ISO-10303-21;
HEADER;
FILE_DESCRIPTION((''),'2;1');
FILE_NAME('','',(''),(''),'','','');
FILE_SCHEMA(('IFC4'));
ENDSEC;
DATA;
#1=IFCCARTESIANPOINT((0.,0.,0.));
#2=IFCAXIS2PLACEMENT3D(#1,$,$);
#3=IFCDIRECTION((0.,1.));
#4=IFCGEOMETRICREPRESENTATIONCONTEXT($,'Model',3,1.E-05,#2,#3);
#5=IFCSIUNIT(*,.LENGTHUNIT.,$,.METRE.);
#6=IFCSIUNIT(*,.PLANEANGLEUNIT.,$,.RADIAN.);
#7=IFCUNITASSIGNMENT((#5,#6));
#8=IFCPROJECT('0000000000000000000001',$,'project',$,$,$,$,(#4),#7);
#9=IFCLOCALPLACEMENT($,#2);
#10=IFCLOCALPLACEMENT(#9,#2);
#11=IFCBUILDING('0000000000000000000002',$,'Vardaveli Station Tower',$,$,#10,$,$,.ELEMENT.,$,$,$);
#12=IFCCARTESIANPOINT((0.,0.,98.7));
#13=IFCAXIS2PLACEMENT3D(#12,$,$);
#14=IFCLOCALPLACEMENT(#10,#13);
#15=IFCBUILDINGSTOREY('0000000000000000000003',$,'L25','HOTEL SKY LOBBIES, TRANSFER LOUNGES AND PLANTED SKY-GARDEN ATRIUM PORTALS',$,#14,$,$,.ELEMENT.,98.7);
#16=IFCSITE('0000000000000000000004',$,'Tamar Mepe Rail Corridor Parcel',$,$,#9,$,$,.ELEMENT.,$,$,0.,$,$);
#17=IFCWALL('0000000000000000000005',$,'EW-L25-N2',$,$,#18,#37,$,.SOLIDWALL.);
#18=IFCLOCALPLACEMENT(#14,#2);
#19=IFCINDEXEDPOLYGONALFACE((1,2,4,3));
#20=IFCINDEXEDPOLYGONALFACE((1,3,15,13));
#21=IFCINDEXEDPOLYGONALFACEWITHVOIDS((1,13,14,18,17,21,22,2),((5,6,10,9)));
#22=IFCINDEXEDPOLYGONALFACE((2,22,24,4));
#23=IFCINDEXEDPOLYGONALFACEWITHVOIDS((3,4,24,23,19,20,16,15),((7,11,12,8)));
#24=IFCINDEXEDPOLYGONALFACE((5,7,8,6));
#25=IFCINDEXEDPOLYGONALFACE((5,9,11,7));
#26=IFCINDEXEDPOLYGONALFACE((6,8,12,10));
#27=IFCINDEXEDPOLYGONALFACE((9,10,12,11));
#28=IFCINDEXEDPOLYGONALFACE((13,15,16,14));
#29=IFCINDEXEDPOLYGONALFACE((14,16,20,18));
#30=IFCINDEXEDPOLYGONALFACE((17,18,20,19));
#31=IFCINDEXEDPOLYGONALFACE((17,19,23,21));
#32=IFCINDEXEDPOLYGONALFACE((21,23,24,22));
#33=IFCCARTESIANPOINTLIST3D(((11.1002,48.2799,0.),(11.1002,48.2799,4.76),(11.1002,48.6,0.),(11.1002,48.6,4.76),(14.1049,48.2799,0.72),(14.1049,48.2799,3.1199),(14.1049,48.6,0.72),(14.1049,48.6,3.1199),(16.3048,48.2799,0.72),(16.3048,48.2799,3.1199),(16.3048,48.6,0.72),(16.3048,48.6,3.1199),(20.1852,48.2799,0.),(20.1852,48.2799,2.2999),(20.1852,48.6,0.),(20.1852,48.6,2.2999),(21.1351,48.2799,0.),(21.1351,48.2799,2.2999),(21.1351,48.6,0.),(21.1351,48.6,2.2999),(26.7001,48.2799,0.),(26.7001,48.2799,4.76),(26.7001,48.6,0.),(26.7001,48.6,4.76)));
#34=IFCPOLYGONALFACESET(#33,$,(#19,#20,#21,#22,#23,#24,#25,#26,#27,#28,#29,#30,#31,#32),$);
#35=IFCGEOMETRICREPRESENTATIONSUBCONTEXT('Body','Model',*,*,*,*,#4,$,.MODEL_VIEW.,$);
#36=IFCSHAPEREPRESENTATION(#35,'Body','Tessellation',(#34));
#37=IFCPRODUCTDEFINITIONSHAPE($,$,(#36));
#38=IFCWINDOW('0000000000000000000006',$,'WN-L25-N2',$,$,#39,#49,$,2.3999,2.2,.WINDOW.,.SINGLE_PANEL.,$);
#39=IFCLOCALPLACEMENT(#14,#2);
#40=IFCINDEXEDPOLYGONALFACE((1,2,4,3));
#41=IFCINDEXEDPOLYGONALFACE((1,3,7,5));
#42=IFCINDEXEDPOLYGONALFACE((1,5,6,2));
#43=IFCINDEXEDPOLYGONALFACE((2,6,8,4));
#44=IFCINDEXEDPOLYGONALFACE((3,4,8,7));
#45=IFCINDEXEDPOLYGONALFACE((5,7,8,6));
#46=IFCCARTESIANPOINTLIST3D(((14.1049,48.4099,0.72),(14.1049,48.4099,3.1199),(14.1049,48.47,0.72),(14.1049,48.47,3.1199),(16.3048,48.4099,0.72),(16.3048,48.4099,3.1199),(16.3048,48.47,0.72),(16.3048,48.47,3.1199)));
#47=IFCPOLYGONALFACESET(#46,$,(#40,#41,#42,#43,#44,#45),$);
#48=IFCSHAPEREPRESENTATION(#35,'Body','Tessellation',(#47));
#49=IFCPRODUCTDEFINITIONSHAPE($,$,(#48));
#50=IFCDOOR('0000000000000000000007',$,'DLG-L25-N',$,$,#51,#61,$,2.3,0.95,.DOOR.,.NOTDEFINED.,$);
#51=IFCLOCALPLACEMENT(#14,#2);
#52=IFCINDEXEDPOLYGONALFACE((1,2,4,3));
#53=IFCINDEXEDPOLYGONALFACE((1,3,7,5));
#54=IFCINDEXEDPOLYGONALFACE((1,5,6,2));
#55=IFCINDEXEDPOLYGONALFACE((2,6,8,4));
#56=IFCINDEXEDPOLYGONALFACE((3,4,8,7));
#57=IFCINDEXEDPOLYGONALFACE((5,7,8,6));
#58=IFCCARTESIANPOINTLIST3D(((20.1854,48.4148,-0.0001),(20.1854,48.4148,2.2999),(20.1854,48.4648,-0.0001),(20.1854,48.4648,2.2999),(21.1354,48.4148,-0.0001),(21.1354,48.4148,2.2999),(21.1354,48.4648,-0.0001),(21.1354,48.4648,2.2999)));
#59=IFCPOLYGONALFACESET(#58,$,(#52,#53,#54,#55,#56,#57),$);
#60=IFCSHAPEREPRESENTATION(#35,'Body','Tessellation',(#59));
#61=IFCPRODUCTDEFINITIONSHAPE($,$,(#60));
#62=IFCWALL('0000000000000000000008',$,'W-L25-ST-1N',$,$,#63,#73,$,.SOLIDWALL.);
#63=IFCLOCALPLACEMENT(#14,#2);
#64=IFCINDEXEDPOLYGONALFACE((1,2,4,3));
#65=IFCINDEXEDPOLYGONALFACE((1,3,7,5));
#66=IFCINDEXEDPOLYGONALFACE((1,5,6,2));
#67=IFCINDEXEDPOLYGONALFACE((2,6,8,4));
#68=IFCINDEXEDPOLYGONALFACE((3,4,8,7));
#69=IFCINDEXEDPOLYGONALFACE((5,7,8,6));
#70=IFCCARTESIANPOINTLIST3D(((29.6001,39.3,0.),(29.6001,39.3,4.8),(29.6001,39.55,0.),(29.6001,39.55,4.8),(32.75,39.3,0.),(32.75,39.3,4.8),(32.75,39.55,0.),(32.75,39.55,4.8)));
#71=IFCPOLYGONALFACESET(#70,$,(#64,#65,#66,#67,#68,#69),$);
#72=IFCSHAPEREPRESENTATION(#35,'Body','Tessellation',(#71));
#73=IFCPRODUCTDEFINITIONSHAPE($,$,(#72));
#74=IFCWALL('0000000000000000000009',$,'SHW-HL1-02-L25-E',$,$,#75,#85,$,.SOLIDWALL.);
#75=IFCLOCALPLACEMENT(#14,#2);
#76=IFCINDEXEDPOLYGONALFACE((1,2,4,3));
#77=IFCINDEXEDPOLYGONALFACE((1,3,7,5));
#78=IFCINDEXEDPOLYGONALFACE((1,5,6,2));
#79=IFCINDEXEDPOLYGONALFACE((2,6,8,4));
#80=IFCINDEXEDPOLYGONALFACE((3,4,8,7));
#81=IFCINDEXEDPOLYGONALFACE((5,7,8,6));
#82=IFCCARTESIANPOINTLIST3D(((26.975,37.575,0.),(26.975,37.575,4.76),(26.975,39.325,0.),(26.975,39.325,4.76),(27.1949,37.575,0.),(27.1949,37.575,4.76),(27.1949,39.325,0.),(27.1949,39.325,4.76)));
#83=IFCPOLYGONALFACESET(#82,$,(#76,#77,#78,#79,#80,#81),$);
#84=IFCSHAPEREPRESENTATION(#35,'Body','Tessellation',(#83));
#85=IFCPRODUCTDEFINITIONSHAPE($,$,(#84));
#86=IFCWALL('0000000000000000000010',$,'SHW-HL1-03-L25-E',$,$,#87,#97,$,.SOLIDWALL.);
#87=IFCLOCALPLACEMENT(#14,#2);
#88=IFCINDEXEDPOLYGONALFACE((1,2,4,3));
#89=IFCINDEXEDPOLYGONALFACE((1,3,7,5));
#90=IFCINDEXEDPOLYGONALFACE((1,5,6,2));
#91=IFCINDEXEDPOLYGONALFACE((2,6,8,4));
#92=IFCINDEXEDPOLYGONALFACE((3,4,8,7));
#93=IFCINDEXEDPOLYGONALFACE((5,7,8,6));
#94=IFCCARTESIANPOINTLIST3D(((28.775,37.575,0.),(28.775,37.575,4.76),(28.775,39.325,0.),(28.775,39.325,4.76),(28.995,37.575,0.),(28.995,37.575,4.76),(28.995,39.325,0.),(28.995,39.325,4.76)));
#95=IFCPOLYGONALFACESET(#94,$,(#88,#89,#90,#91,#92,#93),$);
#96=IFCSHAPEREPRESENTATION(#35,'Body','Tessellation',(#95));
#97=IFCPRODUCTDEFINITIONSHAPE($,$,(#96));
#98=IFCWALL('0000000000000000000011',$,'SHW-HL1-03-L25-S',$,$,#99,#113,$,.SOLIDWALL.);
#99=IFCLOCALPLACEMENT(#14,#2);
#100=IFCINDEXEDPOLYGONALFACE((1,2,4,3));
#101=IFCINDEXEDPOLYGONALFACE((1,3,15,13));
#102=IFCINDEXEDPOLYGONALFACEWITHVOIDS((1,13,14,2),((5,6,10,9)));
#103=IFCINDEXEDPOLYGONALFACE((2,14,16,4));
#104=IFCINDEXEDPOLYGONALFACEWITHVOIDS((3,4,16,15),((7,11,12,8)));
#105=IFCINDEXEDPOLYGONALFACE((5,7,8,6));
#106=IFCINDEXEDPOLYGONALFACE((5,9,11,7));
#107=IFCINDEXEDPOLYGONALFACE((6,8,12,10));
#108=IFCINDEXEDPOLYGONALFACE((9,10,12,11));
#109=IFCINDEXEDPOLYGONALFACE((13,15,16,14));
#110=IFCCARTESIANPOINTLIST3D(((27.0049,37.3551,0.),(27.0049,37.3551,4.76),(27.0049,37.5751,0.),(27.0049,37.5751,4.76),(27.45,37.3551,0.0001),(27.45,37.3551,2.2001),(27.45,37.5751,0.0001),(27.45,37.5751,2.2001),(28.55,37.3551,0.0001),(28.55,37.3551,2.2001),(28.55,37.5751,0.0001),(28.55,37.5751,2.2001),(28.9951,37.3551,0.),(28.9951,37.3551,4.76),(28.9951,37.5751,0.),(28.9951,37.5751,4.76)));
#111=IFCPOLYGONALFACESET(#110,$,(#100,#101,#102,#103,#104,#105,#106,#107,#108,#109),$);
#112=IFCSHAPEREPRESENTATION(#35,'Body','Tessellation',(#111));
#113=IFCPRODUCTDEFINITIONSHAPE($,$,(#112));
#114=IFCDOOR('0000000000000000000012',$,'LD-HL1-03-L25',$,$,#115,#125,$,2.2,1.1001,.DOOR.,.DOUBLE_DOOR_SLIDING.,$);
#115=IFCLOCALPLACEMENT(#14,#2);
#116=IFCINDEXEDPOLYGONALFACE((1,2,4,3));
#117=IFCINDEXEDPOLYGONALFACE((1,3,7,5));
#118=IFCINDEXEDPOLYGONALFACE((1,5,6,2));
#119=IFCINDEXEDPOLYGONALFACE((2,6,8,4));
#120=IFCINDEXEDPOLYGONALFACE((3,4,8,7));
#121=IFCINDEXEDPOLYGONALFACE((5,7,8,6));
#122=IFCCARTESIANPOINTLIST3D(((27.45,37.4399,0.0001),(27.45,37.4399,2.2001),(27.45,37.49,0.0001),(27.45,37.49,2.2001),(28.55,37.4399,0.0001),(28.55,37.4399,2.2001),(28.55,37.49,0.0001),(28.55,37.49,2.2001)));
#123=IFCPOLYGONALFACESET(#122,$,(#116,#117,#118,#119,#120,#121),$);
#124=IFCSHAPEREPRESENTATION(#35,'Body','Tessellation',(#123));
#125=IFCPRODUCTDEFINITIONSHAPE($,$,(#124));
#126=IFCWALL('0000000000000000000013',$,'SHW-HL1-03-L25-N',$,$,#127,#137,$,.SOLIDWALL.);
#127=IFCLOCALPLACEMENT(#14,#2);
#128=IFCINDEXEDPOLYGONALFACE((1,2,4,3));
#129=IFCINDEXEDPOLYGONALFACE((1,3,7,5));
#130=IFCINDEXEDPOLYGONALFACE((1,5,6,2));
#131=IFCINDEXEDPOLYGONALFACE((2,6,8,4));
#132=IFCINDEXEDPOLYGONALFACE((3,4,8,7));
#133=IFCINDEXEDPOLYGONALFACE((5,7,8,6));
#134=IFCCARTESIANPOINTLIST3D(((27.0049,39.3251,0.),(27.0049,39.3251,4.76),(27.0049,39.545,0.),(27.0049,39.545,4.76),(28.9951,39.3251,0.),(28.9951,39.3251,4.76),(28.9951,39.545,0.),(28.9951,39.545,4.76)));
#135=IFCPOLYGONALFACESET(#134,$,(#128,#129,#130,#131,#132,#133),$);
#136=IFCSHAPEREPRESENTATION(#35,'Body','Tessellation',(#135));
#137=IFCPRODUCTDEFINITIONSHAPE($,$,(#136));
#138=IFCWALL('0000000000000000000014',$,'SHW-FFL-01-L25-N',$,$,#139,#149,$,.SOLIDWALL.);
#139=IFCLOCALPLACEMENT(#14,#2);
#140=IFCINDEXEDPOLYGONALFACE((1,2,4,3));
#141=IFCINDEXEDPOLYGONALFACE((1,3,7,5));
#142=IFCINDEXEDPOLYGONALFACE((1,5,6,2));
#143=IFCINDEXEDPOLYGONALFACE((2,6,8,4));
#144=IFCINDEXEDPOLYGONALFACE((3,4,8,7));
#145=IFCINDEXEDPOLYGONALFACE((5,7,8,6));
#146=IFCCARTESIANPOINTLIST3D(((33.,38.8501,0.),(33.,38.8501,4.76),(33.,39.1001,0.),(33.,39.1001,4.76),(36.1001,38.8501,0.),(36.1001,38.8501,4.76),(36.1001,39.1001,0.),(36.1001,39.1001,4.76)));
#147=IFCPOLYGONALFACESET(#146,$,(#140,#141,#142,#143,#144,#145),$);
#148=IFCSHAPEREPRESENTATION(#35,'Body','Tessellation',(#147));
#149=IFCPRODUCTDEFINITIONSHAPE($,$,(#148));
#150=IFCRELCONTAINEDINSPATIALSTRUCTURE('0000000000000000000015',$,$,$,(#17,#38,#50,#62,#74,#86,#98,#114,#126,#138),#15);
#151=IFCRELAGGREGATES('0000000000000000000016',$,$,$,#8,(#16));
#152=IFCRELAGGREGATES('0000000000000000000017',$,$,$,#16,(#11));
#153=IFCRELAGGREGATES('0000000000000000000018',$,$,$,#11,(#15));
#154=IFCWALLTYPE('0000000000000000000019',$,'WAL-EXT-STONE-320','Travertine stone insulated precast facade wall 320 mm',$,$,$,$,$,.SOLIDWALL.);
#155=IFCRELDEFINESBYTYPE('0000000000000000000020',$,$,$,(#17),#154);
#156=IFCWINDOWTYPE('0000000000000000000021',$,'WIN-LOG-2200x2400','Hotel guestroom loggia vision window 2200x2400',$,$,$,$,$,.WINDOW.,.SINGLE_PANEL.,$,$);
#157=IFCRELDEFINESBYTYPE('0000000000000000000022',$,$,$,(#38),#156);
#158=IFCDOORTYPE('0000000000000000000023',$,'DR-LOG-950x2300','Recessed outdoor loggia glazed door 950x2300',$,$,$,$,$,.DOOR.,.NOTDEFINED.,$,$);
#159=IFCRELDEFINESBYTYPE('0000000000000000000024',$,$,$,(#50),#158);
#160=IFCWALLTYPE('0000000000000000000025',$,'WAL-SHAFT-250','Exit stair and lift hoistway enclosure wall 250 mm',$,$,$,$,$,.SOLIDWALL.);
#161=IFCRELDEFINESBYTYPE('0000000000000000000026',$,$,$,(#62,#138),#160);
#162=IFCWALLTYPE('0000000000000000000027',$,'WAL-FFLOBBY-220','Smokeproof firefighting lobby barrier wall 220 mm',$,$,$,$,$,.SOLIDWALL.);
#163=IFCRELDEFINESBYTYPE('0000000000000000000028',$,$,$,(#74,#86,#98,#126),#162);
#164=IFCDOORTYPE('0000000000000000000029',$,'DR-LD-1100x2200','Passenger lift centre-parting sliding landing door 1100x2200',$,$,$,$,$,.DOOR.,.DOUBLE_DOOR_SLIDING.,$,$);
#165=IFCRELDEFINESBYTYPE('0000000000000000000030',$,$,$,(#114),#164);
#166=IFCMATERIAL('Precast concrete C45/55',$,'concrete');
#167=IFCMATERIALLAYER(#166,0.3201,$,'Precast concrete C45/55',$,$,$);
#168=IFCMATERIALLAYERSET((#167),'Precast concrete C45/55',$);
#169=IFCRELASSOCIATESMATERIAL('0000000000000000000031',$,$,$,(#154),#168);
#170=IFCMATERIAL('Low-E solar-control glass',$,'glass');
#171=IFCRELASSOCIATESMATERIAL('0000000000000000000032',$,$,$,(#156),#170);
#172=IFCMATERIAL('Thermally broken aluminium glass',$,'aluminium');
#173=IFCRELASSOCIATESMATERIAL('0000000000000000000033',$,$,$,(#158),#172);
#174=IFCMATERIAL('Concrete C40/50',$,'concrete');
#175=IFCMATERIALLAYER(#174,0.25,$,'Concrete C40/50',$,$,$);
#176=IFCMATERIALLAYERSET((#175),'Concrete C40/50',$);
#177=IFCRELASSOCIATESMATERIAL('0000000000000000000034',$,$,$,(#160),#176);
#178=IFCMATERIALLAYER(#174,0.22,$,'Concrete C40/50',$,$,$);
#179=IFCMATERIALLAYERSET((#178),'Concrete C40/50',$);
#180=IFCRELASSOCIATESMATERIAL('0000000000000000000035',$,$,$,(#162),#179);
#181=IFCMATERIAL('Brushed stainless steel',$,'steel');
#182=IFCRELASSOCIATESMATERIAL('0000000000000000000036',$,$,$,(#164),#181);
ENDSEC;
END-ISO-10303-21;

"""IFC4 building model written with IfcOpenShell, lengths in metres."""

from ifc_helpers import new_model, si_unit, direction, frame, frame_2d, origin, place, context, subcontext, project, spatial, rectangle, extrude, source, transform, mapped, material, layer, layer_set, type_object, element, fill, save


model = new_model("IFC4")

# Units and contexts
model_context = context("Model", 3, precision=1e-05, world=origin(), true_north=direction((0.0, 1.0)))
body_context = subcontext(model_context, "Body", "Model", "MODEL_VIEW")
ifc_project = project(units=[si_unit("LENGTHUNIT", "METRE"), si_unit("PLANEANGLEUNIT", "RADIAN")], contexts=[model_context])

# Site, building, storey
site_placement = place(None, origin())
site = spatial("IfcSite", under=ifc_project, at=site_placement, Name="Tamar Mepe Rail Corridor Parcel", CompositionType="ELEMENT", RefElevation=0.0)
building_placement = place(site_placement, origin())
building = spatial("IfcBuilding", under=site, at=building_placement, Name="Vardaveli Station Tower", CompositionType="ELEMENT")
storey_placement = place(building_placement, frame((0.0, 0.0, 98.7)))
storey = spatial("IfcBuildingStorey", under=building, at=storey_placement, Name="L25", Description="HOTEL SKY LOBBIES, TRANSFER LOUNGES AND PLANTED SKY-GARDEN ATRIUM PORTALS", CompositionType="ELEMENT", Elevation=98.7)

# Wall, openings, window, door
ifc_material_1 = material(Name="Precast concrete C45/55", Category="concrete")
ifc_layer_1 = layer(ifc_material_1, 0.3201, Name="Precast concrete C45/55")
ifc_layer_set_1 = layer_set([ifc_layer_1], Name="Precast concrete C45/55")
wall_type_1 = type_object("IfcWallType", Name="WAL-EXT-STONE-320", Description="Travertine stone insulated precast facade wall 320 mm", PredefinedType="SOLIDWALL", material=ifc_layer_set_1)
shared_shape_1 = source(origin(), body_context, "Body", "SweptSolid", [
    extrude(rectangle(XDim=15.5999, YDim=0.3201, at=frame_2d((7.7998, 0.0))), origin(), (0.0, 0.0, 1.0), 4.76),
])
wall_1_placement = place(storey_placement, frame((26.7, 48.4399, 0.0), z_axis=(0.0, 0.0, 1.0), x_axis=(-1.0, 0.0, 0.0)))
wall_1 = element("IfcWall", 1, at=wall_1_placement, inside=storey, type_object=wall_type_1, Name="EW-L25-N2", PredefinedType="SOLIDWALL", context=body_context, shape_type="MappedRepresentation", body=[
    mapped(shared_shape_1, transform((0.0, 0.0, 0.0), scale=1.0)),
])
shared_shape_2 = source(origin(), body_context, "Body", "SweptSolid", [
    extrude(rectangle(XDim=0.95, YDim=2.3, at=frame_2d((0.4751, 1.1499))), frame((0.0, 0.1699, 0.0), z_axis=(0.0, -1.0, 0.0), x_axis=(1.0, 0.0, 0.0)), (0.0, 0.0, 1.0), 0.3401),
])
opening_1_placement = place(wall_1_placement, frame((5.5647, 0.0, 0.0)))
opening_1 = element("IfcOpeningElement", 2, at=opening_1_placement, cuts=wall_1, PredefinedType="OPENING", context=body_context, shape_type="MappedRepresentation", body=[
    mapped(shared_shape_2, transform((0.0, 0.0, 0.0), scale=1.0)),
])
shared_shape_3 = source(origin(), body_context, "Body", "SweptSolid", [
    extrude(rectangle(XDim=2.2, YDim=2.3999, at=frame_2d((1.1001, 1.2))), frame((0.0, 0.1699, 0.0), z_axis=(0.0, -1.0, 0.0), x_axis=(1.0, 0.0, 0.0)), (0.0, 0.0, 1.0), 0.3401),
])
opening_2_placement = place(wall_1_placement, frame((10.395, 0.0, 0.72)))
opening_2 = element("IfcOpeningElement", 3, at=opening_2_placement, cuts=wall_1, PredefinedType="OPENING", context=body_context, shape_type="MappedRepresentation", body=[
    mapped(shared_shape_3, transform((0.0, 0.0, 0.0), scale=1.0)),
])
ifc_material_2 = material(Name="Low-E solar-control glass", Category="glass")
window_type = type_object("IfcWindowType", Name="WIN-LOG-2200x2400", Description="Hotel guestroom loggia vision window 2200x2400", PartitioningType="SINGLE_PANEL", PredefinedType="WINDOW", material=ifc_material_2)
shared_shape_4 = source(origin(), body_context, "Body", "SweptSolid", [
    extrude(rectangle(XDim=2.2, YDim=2.3999, at=frame_2d((1.1001, 1.2))), frame((0.0, 0.03, 0.0), z_axis=(0.0, -1.0, 0.0), x_axis=(1.0, 0.0, 0.0)), (0.0, 0.0, 1.0), 0.0601),
])
window_placement = place(opening_2_placement, origin())
window = element("IfcWindow", 4, at=window_placement, inside=storey, type_object=window_type, Name="WN-L25-N2", OverallHeight=2.3999, OverallWidth=2.2, PartitioningType="SINGLE_PANEL", PredefinedType="WINDOW", context=body_context, shape_type="MappedRepresentation", body=[
    mapped(shared_shape_4, transform((0.0, 0.0, 0.0), scale=1.0)),
])
fill(opening_2, window)
ifc_material_3 = material(Name="Thermally broken aluminium glass", Category="aluminium")
door_type_1 = type_object("IfcDoorType", Name="DR-LOG-950x2300", Description="Recessed outdoor loggia glazed door 950x2300", OperationType="NOTDEFINED", PredefinedType="DOOR", material=ifc_material_3)
shared_shape_5 = source(origin(), body_context, "Body", "SweptSolid", [
    extrude(rectangle(XDim=0.95, YDim=2.3, at=frame_2d((0.4751, 1.1499))), frame((0.0, 0.0249, 0.0), z_axis=(0.0, -1.0, 0.0), x_axis=(1.0, 0.0, 0.0)), (0.0, 0.0, 1.0), 0.05),
])
door_1_placement = place(opening_1_placement, frame((0.95, 0.0, 0.0), z_axis=(0.0, 0.0, 1.0), x_axis=(-1.0, 0.0, 0.0)))
door_1 = element("IfcDoor", 5, at=door_1_placement, inside=storey, type_object=door_type_1, Name="DLG-L25-N", OperationType="NOTDEFINED", OverallHeight=2.3, OverallWidth=0.95, PredefinedType="DOOR", context=body_context, shape_type="MappedRepresentation", body=[
    mapped(shared_shape_5, transform((0.0, 0.0, 0.0), scale=1.0)),
])
fill(opening_1, door_1)

# Walls
ifc_material_4 = material(Name="Concrete C40/50", Category="concrete")
ifc_layer_2 = layer(ifc_material_4, 0.25, Name="Concrete C40/50")
ifc_layer_set_2 = layer_set([ifc_layer_2], Name="Concrete C40/50")
wall_type_2 = type_object("IfcWallType", Name="WAL-SHAFT-250", Description="Exit stair and lift hoistway enclosure wall 250 mm", PredefinedType="SOLIDWALL", material=ifc_layer_set_2)
shared_shape_6 = source(origin(), body_context, "Body", "SweptSolid", [
    extrude(rectangle(XDim=3.1499, YDim=0.25, at=frame_2d((1.575, 0.0))), origin(), (0.0, 0.0, 1.0), 4.8),
])
wall_2_placement = place(storey_placement, frame((29.6001, 39.425, 0.0), z_axis=(0.0, 0.0, 1.0), x_axis=(1.0, 0.0, 0.0)))
element("IfcWall", 6, at=wall_2_placement, inside=storey, type_object=wall_type_2, Name="W-L25-ST-1N", PredefinedType="SOLIDWALL", context=body_context, shape_type="MappedRepresentation", body=[
    mapped(shared_shape_6, transform((0.0, 0.0, 0.0), scale=1.0)),
])
ifc_layer_3 = layer(ifc_material_4, 0.22, Name="Concrete C40/50")
ifc_layer_set_3 = layer_set([ifc_layer_3], Name="Concrete C40/50")
wall_type_3 = type_object("IfcWallType", Name="WAL-FFLOBBY-220", Description="Smokeproof firefighting lobby barrier wall 220 mm", PredefinedType="SOLIDWALL", material=ifc_layer_set_3)
shared_shape_7 = source(origin(), body_context, "Body", "SweptSolid", [
    extrude(rectangle(XDim=1.75, YDim=0.22, at=frame_2d((0.875, 0.0))), origin(), (0.0, 0.0, 1.0), 4.76),
])
for number, where, z_axis, x_axis, name in (
    (7, (27.085, 37.575, 0.0), (0.0, 0.0, 1.0), (0.0, 1.0, 0.0), "SHW-HL1-02-L25-E"),
    (8, (28.885, 37.575, 0.0), (0.0, 0.0, 1.0), (0.0, 1.0, 0.0), "SHW-HL1-03-L25-E"),
):
    element("IfcWall", number, at=place(storey_placement, frame(where, z_axis=z_axis, x_axis=x_axis)), inside=storey, type_object=wall_type_3, Name=name, PredefinedType="SOLIDWALL", context=body_context, shape_type="MappedRepresentation", body=[
        mapped(shared_shape_7, transform((0.0, 0.0, 0.0), scale=1.0)),
    ])

# Wall, opening, door
shared_shape_8 = source(origin(), body_context, "Body", "SweptSolid", [
    extrude(rectangle(XDim=1.9902, YDim=0.22, at=frame_2d((0.9951, 0.0))), origin(), (0.0, 0.0, 1.0), 4.76),
])
wall_3_placement = place(storey_placement, frame((27.0049, 37.4651, 0.0), z_axis=(0.0, 0.0, 1.0), x_axis=(1.0, 0.0, 0.0)))
wall_3 = element("IfcWall", 9, at=wall_3_placement, inside=storey, type_object=wall_type_3, Name="SHW-HL1-03-L25-S", PredefinedType="SOLIDWALL", context=body_context, shape_type="MappedRepresentation", body=[
    mapped(shared_shape_8, transform((0.0, 0.0, 0.0), scale=1.0)),
])
shared_shape_9 = source(origin(), body_context, "Body", "SweptSolid", [
    extrude(rectangle(XDim=1.1001, YDim=2.2, at=frame_2d((0.55, 1.1001))), frame((0.0, 0.1201, 0.0), z_axis=(0.0, -1.0, 0.0), x_axis=(1.0, 0.0, 0.0)), (0.0, 0.0, 1.0), 0.24),
])
opening_3_placement = place(wall_3_placement, frame((0.4451, 0.0, 0.0)))
opening_3 = element("IfcOpeningElement", 10, at=opening_3_placement, cuts=wall_3, PredefinedType="OPENING", context=body_context, shape_type="MappedRepresentation", body=[
    mapped(shared_shape_9, transform((0.0, 0.0, 0.0), scale=1.0)),
])
ifc_material_5 = material(Name="Brushed stainless steel", Category="steel")
door_type_2 = type_object("IfcDoorType", Name="DR-LD-1100x2200", Description="Passenger lift centre-parting sliding landing door 1100x2200", OperationType="DOUBLE_DOOR_SLIDING", PredefinedType="DOOR", material=ifc_material_5)
shared_shape_10 = source(origin(), body_context, "Body", "SweptSolid", [
    extrude(rectangle(XDim=1.1001, YDim=2.2, at=frame_2d((0.55, 1.1001))), frame((0.0, 0.0249, 0.0), z_axis=(0.0, -1.0, 0.0), x_axis=(1.0, 0.0, 0.0)), (0.0, 0.0, 1.0), 0.05),
])
door_2_placement = place(opening_3_placement, origin())
door_2 = element("IfcDoor", 11, at=door_2_placement, inside=storey, type_object=door_type_2, Name="LD-HL1-03-L25", OperationType="DOUBLE_DOOR_SLIDING", OverallHeight=2.2, OverallWidth=1.1001, PredefinedType="DOOR", context=body_context, shape_type="MappedRepresentation", body=[
    mapped(shared_shape_10, transform((0.0, 0.0, 0.0), scale=1.0)),
])
fill(opening_3, door_2)

# Walls
wall_4_placement = place(storey_placement, frame((27.0049, 39.4351, 0.0), z_axis=(0.0, 0.0, 1.0), x_axis=(1.0, 0.0, 0.0)))
element("IfcWall", 12, at=wall_4_placement, inside=storey, type_object=wall_type_3, Name="SHW-HL1-03-L25-N", PredefinedType="SOLIDWALL", context=body_context, shape_type="MappedRepresentation", body=[
    mapped(shared_shape_8, transform((0.0, 0.0, 0.0), scale=1.0)),
])
shared_shape_11 = source(origin(), body_context, "Body", "SweptSolid", [
    extrude(rectangle(XDim=3.1001, YDim=0.25, at=frame_2d((1.55, 0.0))), origin(), (0.0, 0.0, 1.0), 4.76),
])
wall_5_placement = place(storey_placement, frame((33.0, 38.9751, 0.0), z_axis=(0.0, 0.0, 1.0), x_axis=(1.0, 0.0, 0.0)))
element("IfcWall", 13, at=wall_5_placement, inside=storey, type_object=wall_type_2, Name="SHW-FFL-01-L25-N", PredefinedType="SOLIDWALL", context=body_context, shape_type="MappedRepresentation", body=[
    mapped(shared_shape_11, transform((0.0, 0.0, 0.0), scale=1.0)),
])

save(model, "model.ifc")
